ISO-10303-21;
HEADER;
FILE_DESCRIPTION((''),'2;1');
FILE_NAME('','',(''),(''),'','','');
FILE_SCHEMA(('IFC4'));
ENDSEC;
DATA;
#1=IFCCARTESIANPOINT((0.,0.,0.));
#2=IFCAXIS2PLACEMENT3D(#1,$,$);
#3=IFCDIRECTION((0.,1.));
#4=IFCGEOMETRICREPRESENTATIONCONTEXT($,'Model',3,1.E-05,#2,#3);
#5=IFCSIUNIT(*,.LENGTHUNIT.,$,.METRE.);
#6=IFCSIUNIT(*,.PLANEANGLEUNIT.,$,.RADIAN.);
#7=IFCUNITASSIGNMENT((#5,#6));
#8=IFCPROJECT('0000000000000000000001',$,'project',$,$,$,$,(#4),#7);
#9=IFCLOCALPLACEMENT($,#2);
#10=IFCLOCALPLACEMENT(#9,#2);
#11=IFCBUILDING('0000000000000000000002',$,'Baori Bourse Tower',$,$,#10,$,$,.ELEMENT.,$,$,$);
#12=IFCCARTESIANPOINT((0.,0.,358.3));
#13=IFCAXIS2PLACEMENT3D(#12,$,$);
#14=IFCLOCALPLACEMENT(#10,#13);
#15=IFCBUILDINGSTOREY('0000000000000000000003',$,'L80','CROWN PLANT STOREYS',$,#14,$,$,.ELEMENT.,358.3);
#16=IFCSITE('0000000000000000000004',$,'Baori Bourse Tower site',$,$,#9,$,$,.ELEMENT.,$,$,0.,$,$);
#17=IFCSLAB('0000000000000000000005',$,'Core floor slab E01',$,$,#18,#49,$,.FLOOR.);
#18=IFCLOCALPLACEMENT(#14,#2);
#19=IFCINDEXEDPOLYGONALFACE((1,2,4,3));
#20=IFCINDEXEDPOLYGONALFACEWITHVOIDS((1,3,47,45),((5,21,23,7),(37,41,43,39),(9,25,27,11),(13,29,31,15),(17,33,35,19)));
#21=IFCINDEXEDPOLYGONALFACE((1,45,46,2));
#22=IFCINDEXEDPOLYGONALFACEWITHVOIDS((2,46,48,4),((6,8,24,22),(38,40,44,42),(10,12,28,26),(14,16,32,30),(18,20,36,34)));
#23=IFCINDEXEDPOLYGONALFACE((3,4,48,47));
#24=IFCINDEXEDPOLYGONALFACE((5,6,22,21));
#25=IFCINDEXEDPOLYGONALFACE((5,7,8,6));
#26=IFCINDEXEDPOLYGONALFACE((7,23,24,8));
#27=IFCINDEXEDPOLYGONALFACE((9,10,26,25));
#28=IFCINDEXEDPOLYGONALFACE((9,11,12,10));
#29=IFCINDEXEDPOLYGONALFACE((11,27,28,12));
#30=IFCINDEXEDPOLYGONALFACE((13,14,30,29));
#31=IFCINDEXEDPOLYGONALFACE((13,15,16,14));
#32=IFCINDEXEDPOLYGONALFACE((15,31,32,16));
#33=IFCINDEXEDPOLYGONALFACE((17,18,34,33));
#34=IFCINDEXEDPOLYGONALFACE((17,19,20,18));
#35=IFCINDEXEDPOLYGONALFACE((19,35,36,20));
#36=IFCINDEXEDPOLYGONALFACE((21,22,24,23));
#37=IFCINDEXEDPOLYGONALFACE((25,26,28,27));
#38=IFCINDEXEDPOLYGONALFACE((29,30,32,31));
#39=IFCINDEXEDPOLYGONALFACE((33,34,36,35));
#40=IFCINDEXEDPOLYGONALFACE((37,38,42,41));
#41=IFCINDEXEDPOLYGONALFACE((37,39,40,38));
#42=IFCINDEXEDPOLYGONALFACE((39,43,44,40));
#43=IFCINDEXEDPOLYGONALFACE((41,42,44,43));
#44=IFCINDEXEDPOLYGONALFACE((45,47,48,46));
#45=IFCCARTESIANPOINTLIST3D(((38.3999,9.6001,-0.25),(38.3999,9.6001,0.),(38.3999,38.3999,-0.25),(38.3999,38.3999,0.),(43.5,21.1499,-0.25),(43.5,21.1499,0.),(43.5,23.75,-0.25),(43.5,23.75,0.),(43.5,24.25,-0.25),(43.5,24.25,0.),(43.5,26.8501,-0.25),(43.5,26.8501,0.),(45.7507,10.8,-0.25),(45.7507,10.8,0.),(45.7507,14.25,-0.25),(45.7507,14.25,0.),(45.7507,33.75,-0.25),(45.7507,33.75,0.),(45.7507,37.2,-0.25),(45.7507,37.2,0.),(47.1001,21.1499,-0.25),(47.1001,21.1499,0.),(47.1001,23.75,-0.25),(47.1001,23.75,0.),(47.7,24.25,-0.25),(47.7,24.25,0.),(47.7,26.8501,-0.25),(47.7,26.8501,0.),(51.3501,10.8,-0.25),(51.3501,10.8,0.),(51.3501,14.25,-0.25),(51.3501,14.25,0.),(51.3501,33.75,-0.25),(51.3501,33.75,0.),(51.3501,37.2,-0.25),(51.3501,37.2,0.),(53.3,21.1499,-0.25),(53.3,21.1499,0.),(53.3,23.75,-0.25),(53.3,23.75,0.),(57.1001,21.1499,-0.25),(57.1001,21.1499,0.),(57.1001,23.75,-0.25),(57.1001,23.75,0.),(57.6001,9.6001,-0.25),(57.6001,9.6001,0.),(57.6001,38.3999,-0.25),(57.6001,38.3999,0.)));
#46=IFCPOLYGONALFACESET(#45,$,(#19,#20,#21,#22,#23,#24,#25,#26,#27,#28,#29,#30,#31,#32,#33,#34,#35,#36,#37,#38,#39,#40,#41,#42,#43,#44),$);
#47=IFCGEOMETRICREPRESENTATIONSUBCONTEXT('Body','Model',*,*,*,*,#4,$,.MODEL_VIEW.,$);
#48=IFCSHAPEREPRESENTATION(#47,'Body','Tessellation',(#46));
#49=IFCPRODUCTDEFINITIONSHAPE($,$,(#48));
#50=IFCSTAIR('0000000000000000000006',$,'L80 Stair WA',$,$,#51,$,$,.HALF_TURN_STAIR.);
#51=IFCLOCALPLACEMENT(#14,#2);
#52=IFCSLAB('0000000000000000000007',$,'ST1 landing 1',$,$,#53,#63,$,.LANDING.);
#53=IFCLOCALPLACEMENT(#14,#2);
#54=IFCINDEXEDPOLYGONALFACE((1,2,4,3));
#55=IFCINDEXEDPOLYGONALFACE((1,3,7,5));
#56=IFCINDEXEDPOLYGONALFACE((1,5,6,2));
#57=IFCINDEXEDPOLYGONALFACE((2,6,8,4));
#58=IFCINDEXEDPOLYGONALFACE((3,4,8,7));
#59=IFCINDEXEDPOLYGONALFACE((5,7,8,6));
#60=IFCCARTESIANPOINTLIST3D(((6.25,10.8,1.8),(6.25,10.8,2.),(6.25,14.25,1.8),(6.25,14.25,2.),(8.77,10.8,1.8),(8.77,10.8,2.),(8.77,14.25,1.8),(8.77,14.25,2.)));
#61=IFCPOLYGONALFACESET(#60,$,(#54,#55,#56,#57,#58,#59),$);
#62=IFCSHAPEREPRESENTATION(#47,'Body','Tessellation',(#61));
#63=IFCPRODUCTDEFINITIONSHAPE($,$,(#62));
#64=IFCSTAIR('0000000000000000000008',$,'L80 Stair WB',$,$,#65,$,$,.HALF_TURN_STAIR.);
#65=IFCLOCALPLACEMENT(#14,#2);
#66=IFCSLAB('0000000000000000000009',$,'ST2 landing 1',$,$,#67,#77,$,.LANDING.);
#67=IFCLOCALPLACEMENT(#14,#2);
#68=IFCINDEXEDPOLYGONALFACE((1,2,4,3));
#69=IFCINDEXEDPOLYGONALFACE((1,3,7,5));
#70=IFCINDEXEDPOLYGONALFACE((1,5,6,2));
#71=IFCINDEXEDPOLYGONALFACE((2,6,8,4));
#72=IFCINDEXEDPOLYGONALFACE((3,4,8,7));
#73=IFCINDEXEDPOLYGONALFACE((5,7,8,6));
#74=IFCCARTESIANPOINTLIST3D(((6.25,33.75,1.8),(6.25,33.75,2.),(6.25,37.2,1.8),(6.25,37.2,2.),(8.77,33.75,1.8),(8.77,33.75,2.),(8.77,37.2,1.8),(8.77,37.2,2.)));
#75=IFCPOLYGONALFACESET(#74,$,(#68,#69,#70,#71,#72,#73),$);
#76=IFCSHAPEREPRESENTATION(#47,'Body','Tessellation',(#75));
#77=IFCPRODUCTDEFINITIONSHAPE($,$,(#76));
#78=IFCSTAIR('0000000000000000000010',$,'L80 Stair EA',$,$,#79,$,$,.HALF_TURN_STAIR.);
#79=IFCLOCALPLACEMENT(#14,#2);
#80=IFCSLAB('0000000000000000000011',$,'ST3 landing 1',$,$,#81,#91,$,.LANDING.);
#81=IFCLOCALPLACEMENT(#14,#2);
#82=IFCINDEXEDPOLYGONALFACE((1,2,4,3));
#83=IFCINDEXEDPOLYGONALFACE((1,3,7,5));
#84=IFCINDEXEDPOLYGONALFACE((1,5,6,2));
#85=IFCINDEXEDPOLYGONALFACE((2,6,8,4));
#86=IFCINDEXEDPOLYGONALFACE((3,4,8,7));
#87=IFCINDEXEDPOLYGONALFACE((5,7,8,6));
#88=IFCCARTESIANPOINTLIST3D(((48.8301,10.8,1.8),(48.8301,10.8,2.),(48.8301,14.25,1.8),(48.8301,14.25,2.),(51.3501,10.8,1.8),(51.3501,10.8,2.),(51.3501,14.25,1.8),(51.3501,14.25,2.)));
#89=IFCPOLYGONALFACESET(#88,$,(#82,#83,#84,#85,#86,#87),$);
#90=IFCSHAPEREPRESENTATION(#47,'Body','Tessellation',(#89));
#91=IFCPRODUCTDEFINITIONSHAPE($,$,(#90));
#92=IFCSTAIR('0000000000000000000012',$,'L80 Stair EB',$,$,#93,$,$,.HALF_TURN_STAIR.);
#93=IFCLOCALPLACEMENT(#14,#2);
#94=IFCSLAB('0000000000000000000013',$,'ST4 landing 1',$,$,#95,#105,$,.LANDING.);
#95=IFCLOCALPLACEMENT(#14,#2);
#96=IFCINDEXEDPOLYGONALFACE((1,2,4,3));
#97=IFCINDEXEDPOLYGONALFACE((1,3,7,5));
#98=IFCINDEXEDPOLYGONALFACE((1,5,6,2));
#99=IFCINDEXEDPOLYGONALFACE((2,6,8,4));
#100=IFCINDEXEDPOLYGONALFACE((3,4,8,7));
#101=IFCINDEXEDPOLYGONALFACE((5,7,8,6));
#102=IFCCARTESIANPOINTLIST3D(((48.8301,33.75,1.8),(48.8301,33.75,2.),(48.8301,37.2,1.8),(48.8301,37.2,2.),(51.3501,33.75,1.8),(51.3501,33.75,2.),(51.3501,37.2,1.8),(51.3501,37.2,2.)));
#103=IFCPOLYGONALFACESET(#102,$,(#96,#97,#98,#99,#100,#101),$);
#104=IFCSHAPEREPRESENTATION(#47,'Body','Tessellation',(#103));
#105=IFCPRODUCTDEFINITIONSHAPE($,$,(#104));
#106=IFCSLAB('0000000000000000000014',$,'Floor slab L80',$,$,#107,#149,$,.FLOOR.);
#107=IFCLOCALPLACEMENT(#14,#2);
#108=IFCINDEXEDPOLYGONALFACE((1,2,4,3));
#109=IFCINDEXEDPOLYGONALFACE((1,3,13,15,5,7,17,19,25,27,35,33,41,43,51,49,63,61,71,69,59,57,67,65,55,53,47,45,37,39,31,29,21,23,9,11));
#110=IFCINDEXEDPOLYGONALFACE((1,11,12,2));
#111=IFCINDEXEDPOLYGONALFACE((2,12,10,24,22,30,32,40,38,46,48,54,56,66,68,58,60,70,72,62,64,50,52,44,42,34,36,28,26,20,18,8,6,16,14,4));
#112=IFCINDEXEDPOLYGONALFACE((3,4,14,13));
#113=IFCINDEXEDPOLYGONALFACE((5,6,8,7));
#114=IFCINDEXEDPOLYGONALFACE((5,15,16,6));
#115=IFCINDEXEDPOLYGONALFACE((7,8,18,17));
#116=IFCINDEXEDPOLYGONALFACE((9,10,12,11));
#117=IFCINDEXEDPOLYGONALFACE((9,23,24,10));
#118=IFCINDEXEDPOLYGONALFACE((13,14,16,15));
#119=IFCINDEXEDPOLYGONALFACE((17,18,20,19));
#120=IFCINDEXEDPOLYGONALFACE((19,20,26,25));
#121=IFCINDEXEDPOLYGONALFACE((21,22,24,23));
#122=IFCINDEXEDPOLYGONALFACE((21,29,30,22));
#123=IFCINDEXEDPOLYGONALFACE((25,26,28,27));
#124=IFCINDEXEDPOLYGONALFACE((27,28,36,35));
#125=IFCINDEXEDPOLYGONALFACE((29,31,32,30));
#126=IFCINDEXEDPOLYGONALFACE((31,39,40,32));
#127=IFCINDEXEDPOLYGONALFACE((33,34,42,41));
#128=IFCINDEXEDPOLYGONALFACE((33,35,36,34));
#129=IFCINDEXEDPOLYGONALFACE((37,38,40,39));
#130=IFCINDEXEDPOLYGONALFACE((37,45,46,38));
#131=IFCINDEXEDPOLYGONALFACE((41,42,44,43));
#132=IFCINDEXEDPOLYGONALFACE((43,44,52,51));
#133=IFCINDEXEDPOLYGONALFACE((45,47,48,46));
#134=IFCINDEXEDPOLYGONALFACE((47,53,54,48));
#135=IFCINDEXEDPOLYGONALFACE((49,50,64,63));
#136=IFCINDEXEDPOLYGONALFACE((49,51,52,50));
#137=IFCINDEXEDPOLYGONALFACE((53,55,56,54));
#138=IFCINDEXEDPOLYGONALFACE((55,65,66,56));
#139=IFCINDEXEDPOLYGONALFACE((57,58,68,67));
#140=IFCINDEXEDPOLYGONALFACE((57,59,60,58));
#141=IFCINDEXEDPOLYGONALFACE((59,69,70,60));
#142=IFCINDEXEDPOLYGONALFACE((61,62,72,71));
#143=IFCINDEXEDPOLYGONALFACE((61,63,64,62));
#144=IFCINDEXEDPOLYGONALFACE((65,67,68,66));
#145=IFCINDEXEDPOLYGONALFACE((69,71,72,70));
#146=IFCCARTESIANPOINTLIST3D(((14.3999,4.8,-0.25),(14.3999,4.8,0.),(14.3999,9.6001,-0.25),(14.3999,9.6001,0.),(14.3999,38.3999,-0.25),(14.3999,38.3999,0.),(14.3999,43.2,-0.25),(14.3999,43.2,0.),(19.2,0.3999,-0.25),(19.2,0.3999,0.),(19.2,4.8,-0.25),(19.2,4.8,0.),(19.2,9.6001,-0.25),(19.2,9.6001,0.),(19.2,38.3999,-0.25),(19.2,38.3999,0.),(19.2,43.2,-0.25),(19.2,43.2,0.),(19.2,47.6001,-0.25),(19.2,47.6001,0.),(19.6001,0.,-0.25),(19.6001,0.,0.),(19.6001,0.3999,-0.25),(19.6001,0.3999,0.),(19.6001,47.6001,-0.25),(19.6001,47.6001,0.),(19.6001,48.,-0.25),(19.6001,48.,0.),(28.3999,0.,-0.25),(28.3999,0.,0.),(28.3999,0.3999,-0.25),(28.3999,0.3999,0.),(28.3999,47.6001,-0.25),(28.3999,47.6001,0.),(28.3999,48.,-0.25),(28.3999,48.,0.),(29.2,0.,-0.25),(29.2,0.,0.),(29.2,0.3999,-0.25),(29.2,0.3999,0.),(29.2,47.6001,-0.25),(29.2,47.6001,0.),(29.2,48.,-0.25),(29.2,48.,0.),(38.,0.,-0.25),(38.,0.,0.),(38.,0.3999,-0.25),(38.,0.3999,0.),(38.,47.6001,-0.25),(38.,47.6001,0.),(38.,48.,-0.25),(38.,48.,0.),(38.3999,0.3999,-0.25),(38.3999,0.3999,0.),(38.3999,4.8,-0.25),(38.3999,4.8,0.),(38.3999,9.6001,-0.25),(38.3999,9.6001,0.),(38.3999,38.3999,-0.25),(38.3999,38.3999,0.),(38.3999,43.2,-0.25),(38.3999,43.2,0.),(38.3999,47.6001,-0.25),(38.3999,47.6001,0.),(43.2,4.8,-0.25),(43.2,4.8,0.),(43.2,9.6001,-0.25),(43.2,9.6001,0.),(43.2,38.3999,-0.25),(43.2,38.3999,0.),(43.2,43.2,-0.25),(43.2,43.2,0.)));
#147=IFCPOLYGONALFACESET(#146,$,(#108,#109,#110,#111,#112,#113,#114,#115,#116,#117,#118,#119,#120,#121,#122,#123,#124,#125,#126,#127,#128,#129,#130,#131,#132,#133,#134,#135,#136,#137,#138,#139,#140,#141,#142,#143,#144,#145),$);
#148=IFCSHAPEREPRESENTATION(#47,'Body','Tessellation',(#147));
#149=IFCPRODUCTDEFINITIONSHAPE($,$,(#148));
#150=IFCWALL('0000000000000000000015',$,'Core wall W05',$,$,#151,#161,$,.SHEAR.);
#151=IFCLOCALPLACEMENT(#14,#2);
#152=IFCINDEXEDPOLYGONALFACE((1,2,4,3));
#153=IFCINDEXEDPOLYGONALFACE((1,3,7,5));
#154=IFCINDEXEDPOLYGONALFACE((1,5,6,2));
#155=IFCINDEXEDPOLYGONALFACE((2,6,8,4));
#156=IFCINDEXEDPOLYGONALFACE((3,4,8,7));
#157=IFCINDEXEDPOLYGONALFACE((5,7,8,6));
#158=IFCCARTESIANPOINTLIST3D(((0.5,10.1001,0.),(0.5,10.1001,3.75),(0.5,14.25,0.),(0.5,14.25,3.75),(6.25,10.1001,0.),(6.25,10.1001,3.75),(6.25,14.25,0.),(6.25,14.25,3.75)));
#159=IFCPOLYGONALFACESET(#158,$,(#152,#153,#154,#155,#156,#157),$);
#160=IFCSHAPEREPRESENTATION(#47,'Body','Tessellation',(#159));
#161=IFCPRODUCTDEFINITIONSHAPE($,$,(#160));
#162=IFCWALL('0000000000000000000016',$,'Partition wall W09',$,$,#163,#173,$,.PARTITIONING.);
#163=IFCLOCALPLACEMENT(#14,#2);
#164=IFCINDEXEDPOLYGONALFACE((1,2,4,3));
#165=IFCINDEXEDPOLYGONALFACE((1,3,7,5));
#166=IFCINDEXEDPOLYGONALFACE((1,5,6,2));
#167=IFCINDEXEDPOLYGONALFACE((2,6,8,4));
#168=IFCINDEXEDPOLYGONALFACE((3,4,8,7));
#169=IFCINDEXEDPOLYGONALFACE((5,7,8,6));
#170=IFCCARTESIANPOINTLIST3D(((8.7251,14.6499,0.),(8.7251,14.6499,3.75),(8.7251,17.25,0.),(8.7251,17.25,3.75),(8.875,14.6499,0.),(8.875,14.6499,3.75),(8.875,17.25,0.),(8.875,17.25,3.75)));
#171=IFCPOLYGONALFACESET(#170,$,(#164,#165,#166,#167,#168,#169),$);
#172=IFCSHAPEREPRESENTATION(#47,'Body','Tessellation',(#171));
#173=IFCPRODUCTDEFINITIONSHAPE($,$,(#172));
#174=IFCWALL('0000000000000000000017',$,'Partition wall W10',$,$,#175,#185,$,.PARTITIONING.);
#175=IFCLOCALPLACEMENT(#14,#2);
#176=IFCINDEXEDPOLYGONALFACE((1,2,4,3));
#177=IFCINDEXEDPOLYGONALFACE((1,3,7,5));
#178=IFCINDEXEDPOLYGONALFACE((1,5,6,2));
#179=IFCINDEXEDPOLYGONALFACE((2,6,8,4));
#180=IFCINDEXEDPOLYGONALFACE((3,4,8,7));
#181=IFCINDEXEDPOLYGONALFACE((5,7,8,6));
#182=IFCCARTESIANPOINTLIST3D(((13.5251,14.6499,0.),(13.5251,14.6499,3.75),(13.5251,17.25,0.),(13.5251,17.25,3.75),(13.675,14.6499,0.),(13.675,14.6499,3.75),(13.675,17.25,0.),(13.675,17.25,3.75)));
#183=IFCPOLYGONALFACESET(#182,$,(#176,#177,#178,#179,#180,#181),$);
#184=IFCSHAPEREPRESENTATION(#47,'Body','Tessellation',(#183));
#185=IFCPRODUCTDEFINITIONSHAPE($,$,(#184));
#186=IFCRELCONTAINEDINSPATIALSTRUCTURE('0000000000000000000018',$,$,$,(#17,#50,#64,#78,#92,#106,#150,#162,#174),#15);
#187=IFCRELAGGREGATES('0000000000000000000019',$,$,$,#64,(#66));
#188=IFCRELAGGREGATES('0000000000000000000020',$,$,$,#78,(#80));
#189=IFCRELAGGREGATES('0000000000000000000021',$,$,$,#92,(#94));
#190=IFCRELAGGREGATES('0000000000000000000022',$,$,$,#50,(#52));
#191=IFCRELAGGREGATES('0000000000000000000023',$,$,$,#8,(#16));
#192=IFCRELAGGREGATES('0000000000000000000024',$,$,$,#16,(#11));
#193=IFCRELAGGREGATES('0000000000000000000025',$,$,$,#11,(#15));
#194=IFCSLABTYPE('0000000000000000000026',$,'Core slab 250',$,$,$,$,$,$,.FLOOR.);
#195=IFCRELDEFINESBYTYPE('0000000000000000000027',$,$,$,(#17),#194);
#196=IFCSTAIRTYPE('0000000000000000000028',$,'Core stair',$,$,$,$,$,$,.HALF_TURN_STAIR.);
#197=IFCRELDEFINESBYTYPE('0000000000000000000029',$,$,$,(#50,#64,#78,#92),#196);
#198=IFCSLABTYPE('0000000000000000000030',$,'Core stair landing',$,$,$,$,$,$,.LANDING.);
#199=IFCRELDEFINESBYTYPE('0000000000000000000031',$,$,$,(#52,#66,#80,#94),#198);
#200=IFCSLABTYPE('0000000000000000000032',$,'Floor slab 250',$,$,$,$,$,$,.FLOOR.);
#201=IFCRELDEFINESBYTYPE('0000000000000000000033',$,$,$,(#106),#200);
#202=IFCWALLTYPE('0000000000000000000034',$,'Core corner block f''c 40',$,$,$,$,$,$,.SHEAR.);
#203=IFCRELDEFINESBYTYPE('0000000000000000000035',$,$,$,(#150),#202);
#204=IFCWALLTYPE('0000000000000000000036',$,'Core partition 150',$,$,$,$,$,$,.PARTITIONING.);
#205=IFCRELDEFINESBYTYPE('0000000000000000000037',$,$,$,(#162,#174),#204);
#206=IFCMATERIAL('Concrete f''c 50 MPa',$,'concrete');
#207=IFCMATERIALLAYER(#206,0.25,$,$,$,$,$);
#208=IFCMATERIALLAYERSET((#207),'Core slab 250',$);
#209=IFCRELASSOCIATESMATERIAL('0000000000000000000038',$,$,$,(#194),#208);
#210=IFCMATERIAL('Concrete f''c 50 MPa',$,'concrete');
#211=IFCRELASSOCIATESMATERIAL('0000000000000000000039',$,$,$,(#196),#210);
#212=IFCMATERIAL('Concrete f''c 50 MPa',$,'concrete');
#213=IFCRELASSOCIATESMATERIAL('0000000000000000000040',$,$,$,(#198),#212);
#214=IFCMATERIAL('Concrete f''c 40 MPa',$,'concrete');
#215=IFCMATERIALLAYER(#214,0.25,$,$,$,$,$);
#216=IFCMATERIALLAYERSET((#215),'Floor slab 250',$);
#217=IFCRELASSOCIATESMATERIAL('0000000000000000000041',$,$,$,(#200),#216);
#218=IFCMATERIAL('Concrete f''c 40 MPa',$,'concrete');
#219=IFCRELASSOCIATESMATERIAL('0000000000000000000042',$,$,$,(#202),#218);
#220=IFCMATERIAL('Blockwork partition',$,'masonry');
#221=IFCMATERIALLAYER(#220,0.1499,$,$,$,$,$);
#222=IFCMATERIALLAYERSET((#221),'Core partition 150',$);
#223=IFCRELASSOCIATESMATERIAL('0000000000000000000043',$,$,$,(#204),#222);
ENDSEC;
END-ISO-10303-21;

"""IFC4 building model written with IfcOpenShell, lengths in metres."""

from ifc_helpers import new_model, si_unit, direction, frame, frame_2d, origin, place, context, subcontext, project, spatial, polyline, rectangle, outline, extrude, material, layer, layer_set, type_object, element, aggregate, save


model = new_model("IFC4")

# Units and contexts
model_context = context("Model", 3, precision=1e-05, world=origin(), true_north=direction((0.0, 1.0)))
body_context = subcontext(model_context, "Body", "Model", "MODEL_VIEW")
ifc_project = project(units=[si_unit("LENGTHUNIT", "METRE"), si_unit("PLANEANGLEUNIT", "RADIAN")], contexts=[model_context])

# Site, building, storey
site_placement = place(None, origin())
site = spatial("IfcSite", under=ifc_project, at=site_placement, Name="Baori Bourse Tower site", CompositionType="ELEMENT", RefElevation=0.0)
building_placement = place(site_placement, origin())
building = spatial("IfcBuilding", under=site, at=building_placement, Name="Baori Bourse Tower", CompositionType="ELEMENT")
storey_placement = place(building_placement, frame((0.0, 0.0, 358.3)))
storey = spatial("IfcBuildingStorey", under=building, at=storey_placement, Name="L80", Description="CROWN PLANT STOREYS", CompositionType="ELEMENT", Elevation=358.3)

# Slab
ifc_material_1 = material(Name="Concrete f'c 50 MPa", Category="concrete")
ifc_layer_1 = layer(ifc_material_1, 0.25)
ifc_layer_set_1 = layer_set([ifc_layer_1], Name="Core slab 250")
slab_type_1 = type_object("IfcSlabType", Name="Core slab 250", PredefinedType="FLOOR", material=ifc_layer_set_1)
slab_1_placement = place(storey_placement, frame((0.0, 0.0, -0.25)))
element("IfcSlab", 1, at=slab_1_placement, inside=storey, type_object=slab_type_1, Name="Core floor slab E01", PredefinedType="FLOOR", context=body_context, shape_type="SweptSolid", body=[
    extrude(outline(polyline([(38.3999, 38.3999), (38.3999, 9.6001), (57.6001, 9.6001), (57.6001, 38.3999), (38.3999, 38.3999)]), holes=[polyline([(57.1001, 21.1499), (53.3, 21.1499), (53.3, 23.75), (57.1001, 23.75), (57.1001, 21.1499)]), polyline([(45.7507, 14.25), (51.3501, 14.25), (51.3501, 10.8), (45.7507, 10.8), (45.7507, 14.25)]), polyline([(51.3501, 37.2), (51.3501, 33.75), (45.7507, 33.75), (45.7507, 37.2), (51.3501, 37.2)]), polyline([(43.5, 24.25), (43.5, 26.8501), (47.7, 26.8501), (47.7, 24.25), (43.5, 24.25)]), polyline([(43.5, 23.75), (47.1001, 23.75), (47.1001, 21.1499), (43.5, 21.1499), (43.5, 23.75)])]), origin(), (0.0, 0.0, 1.0), 0.25),
])

# Stairs, slabs
ifc_material_2 = material(Name="Concrete f'c 50 MPa", Category="concrete")
stair_type = type_object("IfcStairType", Name="Core stair", PredefinedType="HALF_TURN_STAIR", material=ifc_material_2)
stair_1_placement = place(storey_placement, origin())
stair_1 = element("IfcStair", 2, at=stair_1_placement, inside=storey, type_object=stair_type, Name="L80 Stair WA", PredefinedType="HALF_TURN_STAIR")
ifc_material_3 = material(Name="Concrete f'c 50 MPa", Category="concrete")
slab_type_2 = type_object("IfcSlabType", Name="Core stair landing", PredefinedType="LANDING", material=ifc_material_3)
slab_2_placement = place(storey_placement, frame((0.0, 0.0, 1.8)))
slab_2 = element("IfcSlab", 3, at=slab_2_placement, type_object=slab_type_2, Name="ST1 landing 1", PredefinedType="LANDING", context=body_context, shape_type="SweptSolid", body=[
    extrude(outline(polyline([(8.77, 14.25), (6.25, 14.25), (6.25, 10.8), (8.77, 10.8), (8.77, 14.25)])), origin(), (0.0, 0.0, 1.0), 0.2),
])
stair_2_placement = place(storey_placement, origin())
stair_2 = element("IfcStair", 4, at=stair_2_placement, inside=storey, type_object=stair_type, Name="L80 Stair WB", PredefinedType="HALF_TURN_STAIR")
slab_3_placement = place(storey_placement, frame((0.0, 0.0, 1.8)))
slab_3 = element("IfcSlab", 5, at=slab_3_placement, type_object=slab_type_2, Name="ST2 landing 1", PredefinedType="LANDING", context=body_context, shape_type="SweptSolid", body=[
    extrude(outline(polyline([(8.77, 37.2), (6.25, 37.2), (6.25, 33.75), (8.77, 33.75), (8.77, 37.2)])), origin(), (0.0, 0.0, 1.0), 0.2),
])
aggregate(stair_2, [slab_3])
stair_3_placement = place(storey_placement, origin())
stair_3 = element("IfcStair", 6, at=stair_3_placement, inside=storey, type_object=stair_type, Name="L80 Stair EA", PredefinedType="HALF_TURN_STAIR")
slab_4_placement = place(storey_placement, frame((0.0, 0.0, 1.8)))
slab_4 = element("IfcSlab", 7, at=slab_4_placement, type_object=slab_type_2, Name="ST3 landing 1", PredefinedType="LANDING", context=body_context, shape_type="SweptSolid", body=[
    extrude(outline(polyline([(48.8301, 10.8), (51.3501, 10.8), (51.3501, 14.25), (48.8301, 14.25), (48.8301, 10.8)])), origin(), (0.0, 0.0, 1.0), 0.2),
])
aggregate(stair_3, [slab_4])
stair_4_placement = place(storey_placement, origin())
stair_4 = element("IfcStair", 8, at=stair_4_placement, inside=storey, type_object=stair_type, Name="L80 Stair EB", PredefinedType="HALF_TURN_STAIR")
slab_5_placement = place(storey_placement, frame((0.0, 0.0, 1.8)))
slab_5 = element("IfcSlab", 9, at=slab_5_placement, type_object=slab_type_2, Name="ST4 landing 1", PredefinedType="LANDING", context=body_context, shape_type="SweptSolid", body=[
    extrude(outline(polyline([(48.8301, 33.75), (51.3501, 33.75), (51.3501, 37.2), (48.8301, 37.2), (48.8301, 33.75)])), origin(), (0.0, 0.0, 1.0), 0.2),
])
aggregate(stair_4, [slab_5])

# Slab
ifc_material_4 = material(Name="Concrete f'c 40 MPa", Category="concrete")
ifc_layer_2 = layer(ifc_material_4, 0.25)
ifc_layer_set_2 = layer_set([ifc_layer_2], Name="Floor slab 250")
slab_type_3 = type_object("IfcSlabType", Name="Floor slab 250", PredefinedType="FLOOR", material=ifc_layer_set_2)
slab_6_placement = place(storey_placement, frame((0.0, 0.0, -0.25)))
element("IfcSlab", 10, at=slab_6_placement, inside=storey, type_object=slab_type_3, Name="Floor slab L80", PredefinedType="FLOOR", context=body_context, shape_type="SweptSolid", body=[
    extrude(outline(polyline([(19.2, 4.8), (14.3999, 4.8), (14.3999, 9.6001), (19.2, 9.6001), (19.2, 38.3999), (14.3999, 38.3999), (14.3999, 43.2), (19.2, 43.2), (19.2, 47.6001), (19.6001, 47.6001), (19.6001, 48.0), (28.3999, 48.0), (28.3999, 47.6001), (29.2, 47.6001), (29.2, 48.0), (38.0, 48.0), (38.0, 47.6001), (38.3999, 47.6001), (38.3999, 43.2), (43.2, 43.2), (43.2, 38.3999), (38.3999, 38.3999), (38.3999, 9.6001), (43.2, 9.6001), (43.2, 4.8), (38.3999, 4.8), (38.3999, 0.3999), (38.0, 0.3999), (38.0, 0.0), (29.2, 0.0), (29.2, 0.3999), (28.3999, 0.3999), (28.3999, 0.0), (19.6001, 0.0), (19.6001, 0.3999), (19.2, 0.3999), (19.2, 4.8)])), origin(), (0.0, 0.0, 1.0), 0.25),
])

# Walls
ifc_material_5 = material(Name="Concrete f'c 40 MPa", Category="concrete")
wall_type_1 = type_object("IfcWallType", Name="Core corner block f'c 40", PredefinedType="SHEAR", material=ifc_material_5)
wall_1_placement = place(storey_placement, frame((0.5, 12.175, 0.0), z_axis=(0.0, 0.0, 1.0), x_axis=(1.0, 0.0, 0.0)))
element("IfcWall", 11, at=wall_1_placement, inside=storey, type_object=wall_type_1, Name="Core wall W05", PredefinedType="SHEAR", context=body_context, shape_type="SweptSolid", body=[
    extrude(rectangle(XDim=5.75, YDim=4.1499, at=frame_2d((2.875, 0.0))), origin(), (0.0, 0.0, 1.0), 3.75),
])
ifc_material_6 = material(Name="Blockwork partition", Category="masonry")
ifc_layer_3 = layer(ifc_material_6, 0.1499)
ifc_layer_set_3 = layer_set([ifc_layer_3], Name="Core partition 150")
wall_type_2 = type_object("IfcWallType", Name="Core partition 150", PredefinedType="PARTITIONING", material=ifc_layer_set_3)
for number, where, z_axis, x_axis, name in (
    (12, (8.8, 14.6499, 0.0), (0.0, 0.0, 1.0), (0.0, 1.0, 0.0), "Partition wall W09"),
    (13, (13.6001, 14.6499, 0.0), (0.0, 0.0, 1.0), (0.0, 1.0, 0.0), "Partition wall W10"),
):
    element("IfcWall", number, at=place(storey_placement, frame(where, z_axis=z_axis, x_axis=x_axis)), inside=storey, type_object=wall_type_2, Name=name, PredefinedType="PARTITIONING", context=body_context, shape_type="SweptSolid", body=[
        extrude(rectangle(XDim=2.6001, YDim=0.1499, at=frame_2d((1.3, 0.0))), origin(), (0.0, 0.0, 1.0), 3.75),
    ])

aggregate(stair_1, [slab_2])

save(model, "model.ifc")
